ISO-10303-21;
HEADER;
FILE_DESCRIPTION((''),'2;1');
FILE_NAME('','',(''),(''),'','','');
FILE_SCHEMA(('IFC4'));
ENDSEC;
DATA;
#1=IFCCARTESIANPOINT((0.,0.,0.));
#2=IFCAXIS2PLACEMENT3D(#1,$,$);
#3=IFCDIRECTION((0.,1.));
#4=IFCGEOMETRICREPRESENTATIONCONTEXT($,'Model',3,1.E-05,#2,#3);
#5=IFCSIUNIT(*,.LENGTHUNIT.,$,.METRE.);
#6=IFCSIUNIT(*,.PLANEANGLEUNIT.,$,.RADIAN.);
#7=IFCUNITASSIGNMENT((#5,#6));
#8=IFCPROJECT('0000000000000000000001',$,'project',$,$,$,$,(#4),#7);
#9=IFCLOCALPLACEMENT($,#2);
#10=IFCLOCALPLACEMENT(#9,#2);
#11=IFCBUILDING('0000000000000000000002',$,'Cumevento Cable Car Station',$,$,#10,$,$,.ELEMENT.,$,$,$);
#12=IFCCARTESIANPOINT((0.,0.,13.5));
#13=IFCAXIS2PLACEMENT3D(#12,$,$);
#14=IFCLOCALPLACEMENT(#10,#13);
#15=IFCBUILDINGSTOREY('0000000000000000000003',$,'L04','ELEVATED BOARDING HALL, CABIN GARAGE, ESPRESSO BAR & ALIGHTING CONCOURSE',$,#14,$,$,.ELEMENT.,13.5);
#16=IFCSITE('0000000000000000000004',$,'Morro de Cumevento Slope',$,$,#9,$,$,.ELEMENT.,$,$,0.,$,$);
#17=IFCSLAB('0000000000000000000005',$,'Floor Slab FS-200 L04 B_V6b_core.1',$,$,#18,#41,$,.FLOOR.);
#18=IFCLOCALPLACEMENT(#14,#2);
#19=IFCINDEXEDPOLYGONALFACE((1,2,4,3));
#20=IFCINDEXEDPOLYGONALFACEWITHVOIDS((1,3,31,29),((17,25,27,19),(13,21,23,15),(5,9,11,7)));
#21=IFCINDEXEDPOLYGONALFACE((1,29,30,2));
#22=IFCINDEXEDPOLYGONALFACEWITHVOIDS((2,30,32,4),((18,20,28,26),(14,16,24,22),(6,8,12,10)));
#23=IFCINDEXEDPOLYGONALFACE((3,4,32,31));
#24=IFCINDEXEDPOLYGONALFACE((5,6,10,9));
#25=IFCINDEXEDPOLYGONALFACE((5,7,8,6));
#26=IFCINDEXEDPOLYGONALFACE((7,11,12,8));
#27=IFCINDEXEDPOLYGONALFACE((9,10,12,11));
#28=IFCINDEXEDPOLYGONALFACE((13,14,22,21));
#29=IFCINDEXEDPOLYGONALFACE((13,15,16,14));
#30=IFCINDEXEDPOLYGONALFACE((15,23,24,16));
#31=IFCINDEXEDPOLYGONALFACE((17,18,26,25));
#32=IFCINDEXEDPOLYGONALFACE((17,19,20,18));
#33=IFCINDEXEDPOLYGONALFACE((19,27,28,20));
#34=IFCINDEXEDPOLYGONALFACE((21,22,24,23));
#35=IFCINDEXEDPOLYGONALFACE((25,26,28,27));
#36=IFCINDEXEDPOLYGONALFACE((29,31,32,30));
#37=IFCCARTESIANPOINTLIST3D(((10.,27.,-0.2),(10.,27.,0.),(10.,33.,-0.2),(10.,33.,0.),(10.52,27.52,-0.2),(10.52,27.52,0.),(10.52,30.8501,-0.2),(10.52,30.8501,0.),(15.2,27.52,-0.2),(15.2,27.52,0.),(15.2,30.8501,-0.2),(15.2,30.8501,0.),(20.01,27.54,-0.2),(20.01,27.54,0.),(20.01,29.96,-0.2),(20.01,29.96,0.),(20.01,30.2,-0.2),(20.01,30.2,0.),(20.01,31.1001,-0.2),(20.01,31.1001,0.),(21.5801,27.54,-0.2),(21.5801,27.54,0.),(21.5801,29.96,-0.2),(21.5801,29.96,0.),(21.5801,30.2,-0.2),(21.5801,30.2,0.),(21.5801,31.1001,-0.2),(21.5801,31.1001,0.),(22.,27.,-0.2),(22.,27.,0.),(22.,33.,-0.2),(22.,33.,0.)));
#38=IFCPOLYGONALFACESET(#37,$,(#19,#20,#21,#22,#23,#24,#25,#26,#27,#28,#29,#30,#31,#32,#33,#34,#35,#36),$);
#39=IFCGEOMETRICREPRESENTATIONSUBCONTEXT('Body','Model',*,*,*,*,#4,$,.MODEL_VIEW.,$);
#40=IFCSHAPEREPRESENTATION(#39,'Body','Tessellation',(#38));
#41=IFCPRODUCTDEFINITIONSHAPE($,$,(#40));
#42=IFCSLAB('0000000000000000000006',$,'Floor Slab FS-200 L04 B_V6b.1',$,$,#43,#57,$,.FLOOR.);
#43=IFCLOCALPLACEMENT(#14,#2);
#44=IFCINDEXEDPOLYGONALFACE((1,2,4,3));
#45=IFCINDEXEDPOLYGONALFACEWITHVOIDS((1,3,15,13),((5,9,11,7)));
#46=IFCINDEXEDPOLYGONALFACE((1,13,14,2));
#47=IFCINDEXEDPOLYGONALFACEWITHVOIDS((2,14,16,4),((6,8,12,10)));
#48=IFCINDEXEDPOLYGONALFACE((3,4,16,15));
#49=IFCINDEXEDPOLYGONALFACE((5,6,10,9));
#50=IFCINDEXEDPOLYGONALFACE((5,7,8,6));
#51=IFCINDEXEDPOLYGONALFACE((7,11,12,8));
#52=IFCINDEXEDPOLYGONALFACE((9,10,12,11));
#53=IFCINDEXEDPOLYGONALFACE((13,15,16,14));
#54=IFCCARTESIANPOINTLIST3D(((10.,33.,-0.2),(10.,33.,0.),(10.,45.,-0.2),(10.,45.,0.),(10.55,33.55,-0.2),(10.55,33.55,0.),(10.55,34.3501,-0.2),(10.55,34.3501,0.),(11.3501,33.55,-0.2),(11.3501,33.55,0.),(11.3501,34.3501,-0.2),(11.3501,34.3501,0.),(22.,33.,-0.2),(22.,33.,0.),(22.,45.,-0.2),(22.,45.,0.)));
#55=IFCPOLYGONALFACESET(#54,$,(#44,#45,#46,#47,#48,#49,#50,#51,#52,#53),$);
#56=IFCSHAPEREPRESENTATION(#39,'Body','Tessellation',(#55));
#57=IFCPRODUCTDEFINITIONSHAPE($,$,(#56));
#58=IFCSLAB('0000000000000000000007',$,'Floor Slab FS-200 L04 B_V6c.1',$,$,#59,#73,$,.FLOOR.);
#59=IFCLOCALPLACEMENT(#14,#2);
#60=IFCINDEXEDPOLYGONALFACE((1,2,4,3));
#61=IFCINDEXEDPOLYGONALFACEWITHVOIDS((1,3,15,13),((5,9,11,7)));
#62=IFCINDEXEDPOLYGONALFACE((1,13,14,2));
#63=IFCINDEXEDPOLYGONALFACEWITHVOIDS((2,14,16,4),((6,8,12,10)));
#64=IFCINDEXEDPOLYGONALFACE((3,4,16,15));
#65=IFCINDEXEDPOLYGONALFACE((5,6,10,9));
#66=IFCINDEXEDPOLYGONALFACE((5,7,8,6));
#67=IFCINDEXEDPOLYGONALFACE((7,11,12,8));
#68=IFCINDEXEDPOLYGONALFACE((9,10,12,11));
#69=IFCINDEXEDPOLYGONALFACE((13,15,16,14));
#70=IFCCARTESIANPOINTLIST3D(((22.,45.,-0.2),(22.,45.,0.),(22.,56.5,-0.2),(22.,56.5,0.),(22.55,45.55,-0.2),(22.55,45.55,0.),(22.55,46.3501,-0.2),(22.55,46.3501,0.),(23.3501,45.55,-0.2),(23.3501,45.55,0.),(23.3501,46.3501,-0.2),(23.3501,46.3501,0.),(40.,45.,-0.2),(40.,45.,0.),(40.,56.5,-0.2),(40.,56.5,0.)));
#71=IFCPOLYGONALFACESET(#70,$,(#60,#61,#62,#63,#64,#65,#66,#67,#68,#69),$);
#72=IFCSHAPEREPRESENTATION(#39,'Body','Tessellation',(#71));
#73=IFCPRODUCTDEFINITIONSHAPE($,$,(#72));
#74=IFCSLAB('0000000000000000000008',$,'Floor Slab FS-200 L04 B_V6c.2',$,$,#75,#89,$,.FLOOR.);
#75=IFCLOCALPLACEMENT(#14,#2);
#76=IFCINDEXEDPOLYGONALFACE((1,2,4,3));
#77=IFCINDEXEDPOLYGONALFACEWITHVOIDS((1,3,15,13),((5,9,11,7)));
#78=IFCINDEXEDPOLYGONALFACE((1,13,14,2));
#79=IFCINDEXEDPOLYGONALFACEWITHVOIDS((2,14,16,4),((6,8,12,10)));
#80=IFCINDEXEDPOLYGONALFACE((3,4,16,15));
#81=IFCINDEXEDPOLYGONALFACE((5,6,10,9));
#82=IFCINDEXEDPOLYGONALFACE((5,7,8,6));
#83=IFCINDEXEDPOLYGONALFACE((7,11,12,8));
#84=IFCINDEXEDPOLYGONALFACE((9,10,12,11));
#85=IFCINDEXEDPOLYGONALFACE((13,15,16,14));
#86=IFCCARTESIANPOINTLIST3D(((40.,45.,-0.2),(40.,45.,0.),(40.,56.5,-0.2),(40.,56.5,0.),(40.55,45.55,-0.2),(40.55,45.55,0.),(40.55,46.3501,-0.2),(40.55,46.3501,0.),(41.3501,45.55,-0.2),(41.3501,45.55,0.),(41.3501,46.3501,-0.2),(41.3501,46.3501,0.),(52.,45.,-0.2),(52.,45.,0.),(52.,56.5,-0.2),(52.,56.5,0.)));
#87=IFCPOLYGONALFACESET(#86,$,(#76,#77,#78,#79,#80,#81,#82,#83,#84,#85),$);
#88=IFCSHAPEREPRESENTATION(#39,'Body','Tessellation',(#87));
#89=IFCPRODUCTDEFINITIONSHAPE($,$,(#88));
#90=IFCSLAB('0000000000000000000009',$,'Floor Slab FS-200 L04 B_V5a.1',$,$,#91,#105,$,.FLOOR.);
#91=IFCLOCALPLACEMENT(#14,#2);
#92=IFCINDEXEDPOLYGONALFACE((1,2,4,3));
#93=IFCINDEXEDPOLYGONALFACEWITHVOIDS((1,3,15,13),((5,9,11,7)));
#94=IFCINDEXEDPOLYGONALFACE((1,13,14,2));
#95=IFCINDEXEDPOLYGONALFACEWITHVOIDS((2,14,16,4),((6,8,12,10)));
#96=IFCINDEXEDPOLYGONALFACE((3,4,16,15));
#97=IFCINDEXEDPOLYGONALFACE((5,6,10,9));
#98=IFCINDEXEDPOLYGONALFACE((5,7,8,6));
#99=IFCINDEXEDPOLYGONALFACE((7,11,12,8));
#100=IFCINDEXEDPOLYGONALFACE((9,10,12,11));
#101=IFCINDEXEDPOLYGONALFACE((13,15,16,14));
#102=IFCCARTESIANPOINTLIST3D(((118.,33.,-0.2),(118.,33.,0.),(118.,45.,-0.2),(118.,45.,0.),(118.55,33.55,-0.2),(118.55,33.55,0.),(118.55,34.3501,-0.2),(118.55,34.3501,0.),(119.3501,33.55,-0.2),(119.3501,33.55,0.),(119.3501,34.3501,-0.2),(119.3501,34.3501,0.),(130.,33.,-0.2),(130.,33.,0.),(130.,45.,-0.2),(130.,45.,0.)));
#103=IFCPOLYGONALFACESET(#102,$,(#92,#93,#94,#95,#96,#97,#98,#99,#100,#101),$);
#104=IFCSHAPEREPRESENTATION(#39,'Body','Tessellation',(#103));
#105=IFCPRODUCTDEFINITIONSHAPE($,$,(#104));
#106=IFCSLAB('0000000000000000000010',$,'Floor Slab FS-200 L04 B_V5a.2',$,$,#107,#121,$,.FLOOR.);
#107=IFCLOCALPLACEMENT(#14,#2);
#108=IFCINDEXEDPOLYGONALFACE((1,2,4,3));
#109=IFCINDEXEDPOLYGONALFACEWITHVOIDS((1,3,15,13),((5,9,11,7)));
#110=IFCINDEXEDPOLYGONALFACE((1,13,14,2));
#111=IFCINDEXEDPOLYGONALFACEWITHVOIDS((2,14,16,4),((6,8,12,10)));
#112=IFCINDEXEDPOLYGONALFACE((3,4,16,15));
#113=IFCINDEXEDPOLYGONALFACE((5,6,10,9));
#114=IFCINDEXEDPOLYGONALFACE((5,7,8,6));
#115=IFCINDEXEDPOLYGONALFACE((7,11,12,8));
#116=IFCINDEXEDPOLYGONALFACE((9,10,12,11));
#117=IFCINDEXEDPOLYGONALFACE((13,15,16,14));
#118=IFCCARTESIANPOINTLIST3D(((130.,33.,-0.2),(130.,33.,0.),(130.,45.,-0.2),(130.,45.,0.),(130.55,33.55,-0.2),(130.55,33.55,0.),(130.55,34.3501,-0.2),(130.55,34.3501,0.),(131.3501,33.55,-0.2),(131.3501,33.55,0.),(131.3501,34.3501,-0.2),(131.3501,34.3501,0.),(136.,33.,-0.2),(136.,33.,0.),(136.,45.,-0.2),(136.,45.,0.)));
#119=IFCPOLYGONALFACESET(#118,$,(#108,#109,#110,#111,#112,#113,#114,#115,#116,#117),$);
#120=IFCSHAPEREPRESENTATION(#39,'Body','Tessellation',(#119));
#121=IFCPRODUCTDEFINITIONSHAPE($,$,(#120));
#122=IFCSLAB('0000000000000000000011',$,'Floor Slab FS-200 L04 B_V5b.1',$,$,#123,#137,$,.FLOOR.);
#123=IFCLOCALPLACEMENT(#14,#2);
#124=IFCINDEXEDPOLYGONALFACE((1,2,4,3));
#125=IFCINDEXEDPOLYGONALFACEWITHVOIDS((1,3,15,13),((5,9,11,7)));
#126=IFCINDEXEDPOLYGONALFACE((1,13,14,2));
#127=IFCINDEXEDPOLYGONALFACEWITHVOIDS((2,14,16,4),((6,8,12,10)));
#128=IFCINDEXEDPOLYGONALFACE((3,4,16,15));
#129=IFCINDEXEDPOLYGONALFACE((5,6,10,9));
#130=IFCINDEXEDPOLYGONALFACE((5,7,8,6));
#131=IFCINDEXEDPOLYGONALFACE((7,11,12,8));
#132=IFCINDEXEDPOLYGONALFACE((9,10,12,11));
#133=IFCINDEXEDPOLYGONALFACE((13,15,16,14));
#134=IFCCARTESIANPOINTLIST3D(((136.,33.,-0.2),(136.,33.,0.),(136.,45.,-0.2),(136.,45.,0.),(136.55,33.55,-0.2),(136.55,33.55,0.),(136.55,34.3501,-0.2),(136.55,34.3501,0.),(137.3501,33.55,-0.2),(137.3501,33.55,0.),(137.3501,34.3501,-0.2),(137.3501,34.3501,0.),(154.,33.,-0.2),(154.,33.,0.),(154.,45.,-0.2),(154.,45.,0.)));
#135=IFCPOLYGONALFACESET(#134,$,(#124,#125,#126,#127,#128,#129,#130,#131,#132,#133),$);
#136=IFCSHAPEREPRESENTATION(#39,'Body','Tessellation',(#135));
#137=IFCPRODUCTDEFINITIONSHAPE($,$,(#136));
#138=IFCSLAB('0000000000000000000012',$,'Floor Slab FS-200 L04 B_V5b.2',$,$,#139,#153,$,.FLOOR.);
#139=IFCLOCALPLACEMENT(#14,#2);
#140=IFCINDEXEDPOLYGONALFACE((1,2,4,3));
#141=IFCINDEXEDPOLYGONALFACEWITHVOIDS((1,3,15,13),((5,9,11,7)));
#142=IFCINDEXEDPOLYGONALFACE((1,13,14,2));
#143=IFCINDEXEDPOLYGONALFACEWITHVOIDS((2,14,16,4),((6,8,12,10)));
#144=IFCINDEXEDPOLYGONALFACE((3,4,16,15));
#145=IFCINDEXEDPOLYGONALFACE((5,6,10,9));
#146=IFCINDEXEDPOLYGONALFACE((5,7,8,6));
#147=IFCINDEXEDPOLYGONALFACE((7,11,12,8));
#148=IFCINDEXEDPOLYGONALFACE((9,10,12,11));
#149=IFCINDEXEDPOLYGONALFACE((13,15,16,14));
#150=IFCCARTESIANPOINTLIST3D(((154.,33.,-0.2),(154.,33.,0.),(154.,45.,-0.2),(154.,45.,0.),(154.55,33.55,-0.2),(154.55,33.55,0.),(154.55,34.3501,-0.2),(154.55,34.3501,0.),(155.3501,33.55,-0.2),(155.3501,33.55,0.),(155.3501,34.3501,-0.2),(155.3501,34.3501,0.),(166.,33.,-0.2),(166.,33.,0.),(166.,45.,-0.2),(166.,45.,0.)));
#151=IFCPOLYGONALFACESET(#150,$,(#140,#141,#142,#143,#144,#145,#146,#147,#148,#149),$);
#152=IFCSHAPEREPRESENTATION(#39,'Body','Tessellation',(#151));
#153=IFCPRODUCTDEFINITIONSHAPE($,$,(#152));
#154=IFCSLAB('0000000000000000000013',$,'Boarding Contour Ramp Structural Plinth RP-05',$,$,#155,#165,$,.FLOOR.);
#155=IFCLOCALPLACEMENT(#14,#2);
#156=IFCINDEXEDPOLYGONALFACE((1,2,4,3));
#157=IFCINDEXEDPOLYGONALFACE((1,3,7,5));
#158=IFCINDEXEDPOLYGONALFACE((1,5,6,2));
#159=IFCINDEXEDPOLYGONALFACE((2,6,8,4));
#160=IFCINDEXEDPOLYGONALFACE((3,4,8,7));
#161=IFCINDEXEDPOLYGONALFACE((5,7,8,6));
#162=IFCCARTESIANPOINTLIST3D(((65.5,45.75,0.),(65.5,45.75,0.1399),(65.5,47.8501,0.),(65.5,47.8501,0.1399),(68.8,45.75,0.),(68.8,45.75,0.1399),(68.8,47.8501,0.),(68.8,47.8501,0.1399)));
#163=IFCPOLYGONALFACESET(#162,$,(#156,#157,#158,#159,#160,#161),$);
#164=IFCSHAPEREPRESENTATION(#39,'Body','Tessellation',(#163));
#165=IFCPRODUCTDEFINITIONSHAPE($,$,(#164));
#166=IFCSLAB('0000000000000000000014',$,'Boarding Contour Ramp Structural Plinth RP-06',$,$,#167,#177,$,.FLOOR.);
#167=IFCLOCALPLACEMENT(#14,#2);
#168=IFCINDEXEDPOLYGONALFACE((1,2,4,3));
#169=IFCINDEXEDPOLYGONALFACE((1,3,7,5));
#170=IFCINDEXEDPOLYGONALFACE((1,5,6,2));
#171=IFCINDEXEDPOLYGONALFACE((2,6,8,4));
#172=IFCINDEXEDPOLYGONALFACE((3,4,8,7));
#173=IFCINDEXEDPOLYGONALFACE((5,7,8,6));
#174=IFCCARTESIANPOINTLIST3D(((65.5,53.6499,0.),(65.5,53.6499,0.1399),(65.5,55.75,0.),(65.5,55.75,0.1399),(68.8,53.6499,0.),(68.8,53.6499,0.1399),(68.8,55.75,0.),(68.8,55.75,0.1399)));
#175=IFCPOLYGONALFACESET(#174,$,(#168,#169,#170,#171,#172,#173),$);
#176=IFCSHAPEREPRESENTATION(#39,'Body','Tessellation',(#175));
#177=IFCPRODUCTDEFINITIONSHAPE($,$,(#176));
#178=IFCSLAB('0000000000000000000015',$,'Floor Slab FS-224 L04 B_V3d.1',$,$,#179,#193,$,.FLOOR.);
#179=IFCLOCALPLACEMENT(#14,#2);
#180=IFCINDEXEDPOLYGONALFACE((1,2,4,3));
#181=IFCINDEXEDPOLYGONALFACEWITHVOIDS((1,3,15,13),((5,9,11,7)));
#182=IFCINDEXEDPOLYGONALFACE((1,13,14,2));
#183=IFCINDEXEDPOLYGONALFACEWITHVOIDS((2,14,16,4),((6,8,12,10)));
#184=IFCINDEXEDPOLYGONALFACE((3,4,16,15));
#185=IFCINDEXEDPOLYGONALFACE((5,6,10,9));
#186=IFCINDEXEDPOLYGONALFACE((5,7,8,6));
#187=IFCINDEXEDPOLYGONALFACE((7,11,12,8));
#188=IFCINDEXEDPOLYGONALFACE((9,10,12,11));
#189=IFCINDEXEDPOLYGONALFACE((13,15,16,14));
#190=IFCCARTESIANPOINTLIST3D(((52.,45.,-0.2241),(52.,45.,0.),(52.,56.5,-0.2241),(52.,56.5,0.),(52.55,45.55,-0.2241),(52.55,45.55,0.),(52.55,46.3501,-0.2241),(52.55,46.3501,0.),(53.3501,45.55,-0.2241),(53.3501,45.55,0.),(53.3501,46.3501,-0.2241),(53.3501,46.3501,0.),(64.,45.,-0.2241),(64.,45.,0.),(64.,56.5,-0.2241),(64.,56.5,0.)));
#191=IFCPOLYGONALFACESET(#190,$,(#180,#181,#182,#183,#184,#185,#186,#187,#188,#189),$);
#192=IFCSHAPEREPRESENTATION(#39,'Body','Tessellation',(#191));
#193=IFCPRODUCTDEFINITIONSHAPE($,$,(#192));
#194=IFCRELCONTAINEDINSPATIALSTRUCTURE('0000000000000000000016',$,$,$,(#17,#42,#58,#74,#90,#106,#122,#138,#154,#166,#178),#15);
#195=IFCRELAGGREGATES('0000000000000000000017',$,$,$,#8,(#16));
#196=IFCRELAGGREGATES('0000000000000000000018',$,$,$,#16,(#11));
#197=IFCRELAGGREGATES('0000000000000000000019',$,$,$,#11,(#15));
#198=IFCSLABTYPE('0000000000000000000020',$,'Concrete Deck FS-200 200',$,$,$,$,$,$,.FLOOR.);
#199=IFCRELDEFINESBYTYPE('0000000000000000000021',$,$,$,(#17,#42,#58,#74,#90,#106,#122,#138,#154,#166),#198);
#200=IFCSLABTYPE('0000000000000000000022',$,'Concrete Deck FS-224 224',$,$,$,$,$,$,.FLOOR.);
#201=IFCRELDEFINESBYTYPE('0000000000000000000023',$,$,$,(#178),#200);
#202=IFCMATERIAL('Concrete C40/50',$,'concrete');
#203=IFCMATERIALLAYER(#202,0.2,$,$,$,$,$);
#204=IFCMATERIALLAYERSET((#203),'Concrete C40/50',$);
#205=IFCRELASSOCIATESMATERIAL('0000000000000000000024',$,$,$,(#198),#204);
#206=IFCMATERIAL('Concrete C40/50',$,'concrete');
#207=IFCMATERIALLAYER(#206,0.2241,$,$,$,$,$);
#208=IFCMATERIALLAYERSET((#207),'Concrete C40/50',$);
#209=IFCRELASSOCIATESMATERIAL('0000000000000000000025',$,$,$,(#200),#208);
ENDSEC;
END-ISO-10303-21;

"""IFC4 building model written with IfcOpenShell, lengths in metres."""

from ifc_helpers import new_model, si_unit, direction, frame, origin, place, context, subcontext, project, spatial, polyline, outline, extrude, material, layer, layer_set, type_object, element, save


model = new_model("IFC4")

# Units and contexts
model_context = context("Model", 3, precision=1e-05, world=origin(), true_north=direction((0.0, 1.0)))
body_context = subcontext(model_context, "Body", "Model", "MODEL_VIEW")
ifc_project = project(units=[si_unit("LENGTHUNIT", "METRE"), si_unit("PLANEANGLEUNIT", "RADIAN")], contexts=[model_context])

# Site, building, storey
site_placement = place(None, origin())
site = spatial("IfcSite", under=ifc_project, at=site_placement, Name="Morro de Cumevento Slope", CompositionType="ELEMENT", RefElevation=0.0)
building_placement = place(site_placement, origin())
building = spatial("IfcBuilding", under=site, at=building_placement, Name="Cumevento Cable Car Station", CompositionType="ELEMENT")
storey_placement = place(building_placement, frame((0.0, 0.0, 13.5)))
storey = spatial("IfcBuildingStorey", under=building, at=storey_placement, Name="L04", Description="ELEVATED BOARDING HALL, CABIN GARAGE, ESPRESSO BAR & ALIGHTING CONCOURSE", CompositionType="ELEMENT", Elevation=13.5)

# Slabs
ifc_material_1 = material(Name="Concrete C40/50", Category="concrete")
ifc_layer_1 = layer(ifc_material_1, 0.2)
ifc_layer_set_1 = layer_set([ifc_layer_1], Name="Concrete C40/50")
slab_type_1 = type_object("IfcSlabType", Name="Concrete Deck FS-200 200", PredefinedType="FLOOR", material=ifc_layer_set_1)
slab_1_placement = place(storey_placement, frame((0.0, 0.0, -0.2)))
element("IfcSlab", 1, at=slab_1_placement, inside=storey, type_object=slab_type_1, Name="Floor Slab FS-200 L04 B_V6b_core.1", PredefinedType="FLOOR", context=body_context, shape_type="SweptSolid", body=[
    extrude(outline(polyline([(10.0, 27.0), (22.0, 27.0), (22.0, 33.0), (10.0, 33.0), (10.0, 27.0)]), holes=[polyline([(20.01, 27.54), (21.5801, 27.54), (21.5801, 29.96), (20.01, 29.96), (20.01, 27.54)]), polyline([(10.52, 27.52), (15.2, 27.52), (15.2, 30.8501), (10.52, 30.8501), (10.52, 27.52)]), polyline([(20.01, 30.2), (21.5801, 30.2), (21.5801, 31.1001), (20.01, 31.1001), (20.01, 30.2)])]), origin(), (0.0, 0.0, 1.0), 0.2),
])
slab_2_placement = place(storey_placement, frame((0.0, 0.0, -0.2)))
element("IfcSlab", 2, at=slab_2_placement, inside=storey, type_object=slab_type_1, Name="Floor Slab FS-200 L04 B_V6b.1", PredefinedType="FLOOR", context=body_context, shape_type="SweptSolid", body=[
    extrude(outline(polyline([(10.0, 33.0), (22.0, 33.0), (22.0, 45.0), (10.0, 45.0), (10.0, 33.0)]), holes=[polyline([(10.55, 33.55), (11.3501, 33.55), (11.3501, 34.3501), (10.55, 34.3501), (10.55, 33.55)])]), origin(), (0.0, 0.0, 1.0), 0.2),
])
slab_3_placement = place(storey_placement, frame((0.0, 0.0, -0.2)))
element("IfcSlab", 3, at=slab_3_placement, inside=storey, type_object=slab_type_1, Name="Floor Slab FS-200 L04 B_V6c.1", PredefinedType="FLOOR", context=body_context, shape_type="SweptSolid", body=[
    extrude(outline(polyline([(22.0, 45.0), (40.0, 45.0), (40.0, 56.5), (22.0, 56.5), (22.0, 45.0)]), holes=[polyline([(22.55, 45.55), (23.3501, 45.55), (23.3501, 46.3501), (22.55, 46.3501), (22.55, 45.55)])]), origin(), (0.0, 0.0, 1.0), 0.2),
])
slab_4_placement = place(storey_placement, frame((0.0, 0.0, -0.2)))
element("IfcSlab", 4, at=slab_4_placement, inside=storey, type_object=slab_type_1, Name="Floor Slab FS-200 L04 B_V6c.2", PredefinedType="FLOOR", context=body_context, shape_type="SweptSolid", body=[
    extrude(outline(polyline([(40.0, 45.0), (52.0, 45.0), (52.0, 56.5), (40.0, 56.5), (40.0, 45.0)]), holes=[polyline([(40.55, 45.55), (41.3501, 45.55), (41.3501, 46.3501), (40.55, 46.3501), (40.55, 45.55)])]), origin(), (0.0, 0.0, 1.0), 0.2),
])
slab_5_placement = place(storey_placement, frame((0.0, 0.0, -0.2)))
element("IfcSlab", 5, at=slab_5_placement, inside=storey, type_object=slab_type_1, Name="Floor Slab FS-200 L04 B_V5a.1", PredefinedType="FLOOR", context=body_context, shape_type="SweptSolid", body=[
    extrude(outline(polyline([(118.0, 33.0), (130.0, 33.0), (130.0, 45.0), (118.0, 45.0), (118.0, 33.0)]), holes=[polyline([(118.55, 33.55), (119.3501, 33.55), (119.3501, 34.3501), (118.55, 34.3501), (118.55, 33.55)])]), origin(), (0.0, 0.0, 1.0), 0.2),
])
slab_6_placement = place(storey_placement, frame((0.0, 0.0, -0.2)))
element("IfcSlab", 6, at=slab_6_placement, inside=storey, type_object=slab_type_1, Name="Floor Slab FS-200 L04 B_V5a.2", PredefinedType="FLOOR", context=body_context, shape_type="SweptSolid", body=[
    extrude(outline(polyline([(130.0, 33.0), (136.0, 33.0), (136.0, 45.0), (130.0, 45.0), (130.0, 33.0)]), holes=[polyline([(130.55, 33.55), (131.3501, 33.55), (131.3501, 34.3501), (130.55, 34.3501), (130.55, 33.55)])]), origin(), (0.0, 0.0, 1.0), 0.2),
])
slab_7_placement = place(storey_placement, frame((0.0, 0.0, -0.2)))
element("IfcSlab", 7, at=slab_7_placement, inside=storey, type_object=slab_type_1, Name="Floor Slab FS-200 L04 B_V5b.1", PredefinedType="FLOOR", context=body_context, shape_type="SweptSolid", body=[
    extrude(outline(polyline([(136.0, 33.0), (154.0, 33.0), (154.0, 45.0), (136.0, 45.0), (136.0, 33.0)]), holes=[polyline([(136.55, 33.55), (137.3501, 33.55), (137.3501, 34.3501), (136.55, 34.3501), (136.55, 33.55)])]), origin(), (0.0, 0.0, 1.0), 0.2),
])
slab_8_placement = place(storey_placement, frame((0.0, 0.0, -0.2)))
element("IfcSlab", 8, at=slab_8_placement, inside=storey, type_object=slab_type_1, Name="Floor Slab FS-200 L04 B_V5b.2", PredefinedType="FLOOR", context=body_context, shape_type="SweptSolid", body=[
    extrude(outline(polyline([(154.0, 33.0), (166.0, 33.0), (166.0, 45.0), (154.0, 45.0), (154.0, 33.0)]), holes=[polyline([(154.55, 33.55), (155.3501, 33.55), (155.3501, 34.3501), (154.55, 34.3501), (154.55, 33.55)])]), origin(), (0.0, 0.0, 1.0), 0.2),
])
slab_9_placement = place(storey_placement, origin())
element("IfcSlab", 9, at=slab_9_placement, inside=storey, type_object=slab_type_1, Name="Boarding Contour Ramp Structural Plinth RP-05", PredefinedType="FLOOR", context=body_context, shape_type="SweptSolid", body=[
    extrude(outline(polyline([(65.5, 45.75), (68.8, 45.75), (68.8, 47.8501), (65.5, 47.8501), (65.5, 45.75)])), origin(), (0.0, 0.0, 1.0), 0.1399),
])
slab_10_placement = place(storey_placement, origin())
element("IfcSlab", 10, at=slab_10_placement, inside=storey, type_object=slab_type_1, Name="Boarding Contour Ramp Structural Plinth RP-06", PredefinedType="FLOOR", context=body_context, shape_type="SweptSolid", body=[
    extrude(outline(polyline([(65.5, 53.6499), (68.8, 53.6499), (68.8, 55.75), (65.5, 55.75), (65.5, 53.6499)])), origin(), (0.0, 0.0, 1.0), 0.1399),
])
ifc_material_2 = material(Name="Concrete C40/50", Category="concrete")
ifc_layer_2 = layer(ifc_material_2, 0.2241)
ifc_layer_set_2 = layer_set([ifc_layer_2], Name="Concrete C40/50")
slab_type_2 = type_object("IfcSlabType", Name="Concrete Deck FS-224 224", PredefinedType="FLOOR", material=ifc_layer_set_2)
slab_11_placement = place(storey_placement, frame((0.0, 0.0, -0.2241)))
element("IfcSlab", 11, at=slab_11_placement, inside=storey, type_object=slab_type_2, Name="Floor Slab FS-224 L04 B_V3d.1", PredefinedType="FLOOR", context=body_context, shape_type="SweptSolid", body=[
    extrude(outline(polyline([(52.0, 45.0), (64.0, 45.0), (64.0, 56.5), (52.0, 56.5), (52.0, 45.0)]), holes=[polyline([(52.55, 45.55), (53.3501, 45.55), (53.3501, 46.3501), (52.55, 46.3501), (52.55, 45.55)])]), origin(), (0.0, 0.0, 1.0), 0.2241),
])

save(model, "model.ifc")
